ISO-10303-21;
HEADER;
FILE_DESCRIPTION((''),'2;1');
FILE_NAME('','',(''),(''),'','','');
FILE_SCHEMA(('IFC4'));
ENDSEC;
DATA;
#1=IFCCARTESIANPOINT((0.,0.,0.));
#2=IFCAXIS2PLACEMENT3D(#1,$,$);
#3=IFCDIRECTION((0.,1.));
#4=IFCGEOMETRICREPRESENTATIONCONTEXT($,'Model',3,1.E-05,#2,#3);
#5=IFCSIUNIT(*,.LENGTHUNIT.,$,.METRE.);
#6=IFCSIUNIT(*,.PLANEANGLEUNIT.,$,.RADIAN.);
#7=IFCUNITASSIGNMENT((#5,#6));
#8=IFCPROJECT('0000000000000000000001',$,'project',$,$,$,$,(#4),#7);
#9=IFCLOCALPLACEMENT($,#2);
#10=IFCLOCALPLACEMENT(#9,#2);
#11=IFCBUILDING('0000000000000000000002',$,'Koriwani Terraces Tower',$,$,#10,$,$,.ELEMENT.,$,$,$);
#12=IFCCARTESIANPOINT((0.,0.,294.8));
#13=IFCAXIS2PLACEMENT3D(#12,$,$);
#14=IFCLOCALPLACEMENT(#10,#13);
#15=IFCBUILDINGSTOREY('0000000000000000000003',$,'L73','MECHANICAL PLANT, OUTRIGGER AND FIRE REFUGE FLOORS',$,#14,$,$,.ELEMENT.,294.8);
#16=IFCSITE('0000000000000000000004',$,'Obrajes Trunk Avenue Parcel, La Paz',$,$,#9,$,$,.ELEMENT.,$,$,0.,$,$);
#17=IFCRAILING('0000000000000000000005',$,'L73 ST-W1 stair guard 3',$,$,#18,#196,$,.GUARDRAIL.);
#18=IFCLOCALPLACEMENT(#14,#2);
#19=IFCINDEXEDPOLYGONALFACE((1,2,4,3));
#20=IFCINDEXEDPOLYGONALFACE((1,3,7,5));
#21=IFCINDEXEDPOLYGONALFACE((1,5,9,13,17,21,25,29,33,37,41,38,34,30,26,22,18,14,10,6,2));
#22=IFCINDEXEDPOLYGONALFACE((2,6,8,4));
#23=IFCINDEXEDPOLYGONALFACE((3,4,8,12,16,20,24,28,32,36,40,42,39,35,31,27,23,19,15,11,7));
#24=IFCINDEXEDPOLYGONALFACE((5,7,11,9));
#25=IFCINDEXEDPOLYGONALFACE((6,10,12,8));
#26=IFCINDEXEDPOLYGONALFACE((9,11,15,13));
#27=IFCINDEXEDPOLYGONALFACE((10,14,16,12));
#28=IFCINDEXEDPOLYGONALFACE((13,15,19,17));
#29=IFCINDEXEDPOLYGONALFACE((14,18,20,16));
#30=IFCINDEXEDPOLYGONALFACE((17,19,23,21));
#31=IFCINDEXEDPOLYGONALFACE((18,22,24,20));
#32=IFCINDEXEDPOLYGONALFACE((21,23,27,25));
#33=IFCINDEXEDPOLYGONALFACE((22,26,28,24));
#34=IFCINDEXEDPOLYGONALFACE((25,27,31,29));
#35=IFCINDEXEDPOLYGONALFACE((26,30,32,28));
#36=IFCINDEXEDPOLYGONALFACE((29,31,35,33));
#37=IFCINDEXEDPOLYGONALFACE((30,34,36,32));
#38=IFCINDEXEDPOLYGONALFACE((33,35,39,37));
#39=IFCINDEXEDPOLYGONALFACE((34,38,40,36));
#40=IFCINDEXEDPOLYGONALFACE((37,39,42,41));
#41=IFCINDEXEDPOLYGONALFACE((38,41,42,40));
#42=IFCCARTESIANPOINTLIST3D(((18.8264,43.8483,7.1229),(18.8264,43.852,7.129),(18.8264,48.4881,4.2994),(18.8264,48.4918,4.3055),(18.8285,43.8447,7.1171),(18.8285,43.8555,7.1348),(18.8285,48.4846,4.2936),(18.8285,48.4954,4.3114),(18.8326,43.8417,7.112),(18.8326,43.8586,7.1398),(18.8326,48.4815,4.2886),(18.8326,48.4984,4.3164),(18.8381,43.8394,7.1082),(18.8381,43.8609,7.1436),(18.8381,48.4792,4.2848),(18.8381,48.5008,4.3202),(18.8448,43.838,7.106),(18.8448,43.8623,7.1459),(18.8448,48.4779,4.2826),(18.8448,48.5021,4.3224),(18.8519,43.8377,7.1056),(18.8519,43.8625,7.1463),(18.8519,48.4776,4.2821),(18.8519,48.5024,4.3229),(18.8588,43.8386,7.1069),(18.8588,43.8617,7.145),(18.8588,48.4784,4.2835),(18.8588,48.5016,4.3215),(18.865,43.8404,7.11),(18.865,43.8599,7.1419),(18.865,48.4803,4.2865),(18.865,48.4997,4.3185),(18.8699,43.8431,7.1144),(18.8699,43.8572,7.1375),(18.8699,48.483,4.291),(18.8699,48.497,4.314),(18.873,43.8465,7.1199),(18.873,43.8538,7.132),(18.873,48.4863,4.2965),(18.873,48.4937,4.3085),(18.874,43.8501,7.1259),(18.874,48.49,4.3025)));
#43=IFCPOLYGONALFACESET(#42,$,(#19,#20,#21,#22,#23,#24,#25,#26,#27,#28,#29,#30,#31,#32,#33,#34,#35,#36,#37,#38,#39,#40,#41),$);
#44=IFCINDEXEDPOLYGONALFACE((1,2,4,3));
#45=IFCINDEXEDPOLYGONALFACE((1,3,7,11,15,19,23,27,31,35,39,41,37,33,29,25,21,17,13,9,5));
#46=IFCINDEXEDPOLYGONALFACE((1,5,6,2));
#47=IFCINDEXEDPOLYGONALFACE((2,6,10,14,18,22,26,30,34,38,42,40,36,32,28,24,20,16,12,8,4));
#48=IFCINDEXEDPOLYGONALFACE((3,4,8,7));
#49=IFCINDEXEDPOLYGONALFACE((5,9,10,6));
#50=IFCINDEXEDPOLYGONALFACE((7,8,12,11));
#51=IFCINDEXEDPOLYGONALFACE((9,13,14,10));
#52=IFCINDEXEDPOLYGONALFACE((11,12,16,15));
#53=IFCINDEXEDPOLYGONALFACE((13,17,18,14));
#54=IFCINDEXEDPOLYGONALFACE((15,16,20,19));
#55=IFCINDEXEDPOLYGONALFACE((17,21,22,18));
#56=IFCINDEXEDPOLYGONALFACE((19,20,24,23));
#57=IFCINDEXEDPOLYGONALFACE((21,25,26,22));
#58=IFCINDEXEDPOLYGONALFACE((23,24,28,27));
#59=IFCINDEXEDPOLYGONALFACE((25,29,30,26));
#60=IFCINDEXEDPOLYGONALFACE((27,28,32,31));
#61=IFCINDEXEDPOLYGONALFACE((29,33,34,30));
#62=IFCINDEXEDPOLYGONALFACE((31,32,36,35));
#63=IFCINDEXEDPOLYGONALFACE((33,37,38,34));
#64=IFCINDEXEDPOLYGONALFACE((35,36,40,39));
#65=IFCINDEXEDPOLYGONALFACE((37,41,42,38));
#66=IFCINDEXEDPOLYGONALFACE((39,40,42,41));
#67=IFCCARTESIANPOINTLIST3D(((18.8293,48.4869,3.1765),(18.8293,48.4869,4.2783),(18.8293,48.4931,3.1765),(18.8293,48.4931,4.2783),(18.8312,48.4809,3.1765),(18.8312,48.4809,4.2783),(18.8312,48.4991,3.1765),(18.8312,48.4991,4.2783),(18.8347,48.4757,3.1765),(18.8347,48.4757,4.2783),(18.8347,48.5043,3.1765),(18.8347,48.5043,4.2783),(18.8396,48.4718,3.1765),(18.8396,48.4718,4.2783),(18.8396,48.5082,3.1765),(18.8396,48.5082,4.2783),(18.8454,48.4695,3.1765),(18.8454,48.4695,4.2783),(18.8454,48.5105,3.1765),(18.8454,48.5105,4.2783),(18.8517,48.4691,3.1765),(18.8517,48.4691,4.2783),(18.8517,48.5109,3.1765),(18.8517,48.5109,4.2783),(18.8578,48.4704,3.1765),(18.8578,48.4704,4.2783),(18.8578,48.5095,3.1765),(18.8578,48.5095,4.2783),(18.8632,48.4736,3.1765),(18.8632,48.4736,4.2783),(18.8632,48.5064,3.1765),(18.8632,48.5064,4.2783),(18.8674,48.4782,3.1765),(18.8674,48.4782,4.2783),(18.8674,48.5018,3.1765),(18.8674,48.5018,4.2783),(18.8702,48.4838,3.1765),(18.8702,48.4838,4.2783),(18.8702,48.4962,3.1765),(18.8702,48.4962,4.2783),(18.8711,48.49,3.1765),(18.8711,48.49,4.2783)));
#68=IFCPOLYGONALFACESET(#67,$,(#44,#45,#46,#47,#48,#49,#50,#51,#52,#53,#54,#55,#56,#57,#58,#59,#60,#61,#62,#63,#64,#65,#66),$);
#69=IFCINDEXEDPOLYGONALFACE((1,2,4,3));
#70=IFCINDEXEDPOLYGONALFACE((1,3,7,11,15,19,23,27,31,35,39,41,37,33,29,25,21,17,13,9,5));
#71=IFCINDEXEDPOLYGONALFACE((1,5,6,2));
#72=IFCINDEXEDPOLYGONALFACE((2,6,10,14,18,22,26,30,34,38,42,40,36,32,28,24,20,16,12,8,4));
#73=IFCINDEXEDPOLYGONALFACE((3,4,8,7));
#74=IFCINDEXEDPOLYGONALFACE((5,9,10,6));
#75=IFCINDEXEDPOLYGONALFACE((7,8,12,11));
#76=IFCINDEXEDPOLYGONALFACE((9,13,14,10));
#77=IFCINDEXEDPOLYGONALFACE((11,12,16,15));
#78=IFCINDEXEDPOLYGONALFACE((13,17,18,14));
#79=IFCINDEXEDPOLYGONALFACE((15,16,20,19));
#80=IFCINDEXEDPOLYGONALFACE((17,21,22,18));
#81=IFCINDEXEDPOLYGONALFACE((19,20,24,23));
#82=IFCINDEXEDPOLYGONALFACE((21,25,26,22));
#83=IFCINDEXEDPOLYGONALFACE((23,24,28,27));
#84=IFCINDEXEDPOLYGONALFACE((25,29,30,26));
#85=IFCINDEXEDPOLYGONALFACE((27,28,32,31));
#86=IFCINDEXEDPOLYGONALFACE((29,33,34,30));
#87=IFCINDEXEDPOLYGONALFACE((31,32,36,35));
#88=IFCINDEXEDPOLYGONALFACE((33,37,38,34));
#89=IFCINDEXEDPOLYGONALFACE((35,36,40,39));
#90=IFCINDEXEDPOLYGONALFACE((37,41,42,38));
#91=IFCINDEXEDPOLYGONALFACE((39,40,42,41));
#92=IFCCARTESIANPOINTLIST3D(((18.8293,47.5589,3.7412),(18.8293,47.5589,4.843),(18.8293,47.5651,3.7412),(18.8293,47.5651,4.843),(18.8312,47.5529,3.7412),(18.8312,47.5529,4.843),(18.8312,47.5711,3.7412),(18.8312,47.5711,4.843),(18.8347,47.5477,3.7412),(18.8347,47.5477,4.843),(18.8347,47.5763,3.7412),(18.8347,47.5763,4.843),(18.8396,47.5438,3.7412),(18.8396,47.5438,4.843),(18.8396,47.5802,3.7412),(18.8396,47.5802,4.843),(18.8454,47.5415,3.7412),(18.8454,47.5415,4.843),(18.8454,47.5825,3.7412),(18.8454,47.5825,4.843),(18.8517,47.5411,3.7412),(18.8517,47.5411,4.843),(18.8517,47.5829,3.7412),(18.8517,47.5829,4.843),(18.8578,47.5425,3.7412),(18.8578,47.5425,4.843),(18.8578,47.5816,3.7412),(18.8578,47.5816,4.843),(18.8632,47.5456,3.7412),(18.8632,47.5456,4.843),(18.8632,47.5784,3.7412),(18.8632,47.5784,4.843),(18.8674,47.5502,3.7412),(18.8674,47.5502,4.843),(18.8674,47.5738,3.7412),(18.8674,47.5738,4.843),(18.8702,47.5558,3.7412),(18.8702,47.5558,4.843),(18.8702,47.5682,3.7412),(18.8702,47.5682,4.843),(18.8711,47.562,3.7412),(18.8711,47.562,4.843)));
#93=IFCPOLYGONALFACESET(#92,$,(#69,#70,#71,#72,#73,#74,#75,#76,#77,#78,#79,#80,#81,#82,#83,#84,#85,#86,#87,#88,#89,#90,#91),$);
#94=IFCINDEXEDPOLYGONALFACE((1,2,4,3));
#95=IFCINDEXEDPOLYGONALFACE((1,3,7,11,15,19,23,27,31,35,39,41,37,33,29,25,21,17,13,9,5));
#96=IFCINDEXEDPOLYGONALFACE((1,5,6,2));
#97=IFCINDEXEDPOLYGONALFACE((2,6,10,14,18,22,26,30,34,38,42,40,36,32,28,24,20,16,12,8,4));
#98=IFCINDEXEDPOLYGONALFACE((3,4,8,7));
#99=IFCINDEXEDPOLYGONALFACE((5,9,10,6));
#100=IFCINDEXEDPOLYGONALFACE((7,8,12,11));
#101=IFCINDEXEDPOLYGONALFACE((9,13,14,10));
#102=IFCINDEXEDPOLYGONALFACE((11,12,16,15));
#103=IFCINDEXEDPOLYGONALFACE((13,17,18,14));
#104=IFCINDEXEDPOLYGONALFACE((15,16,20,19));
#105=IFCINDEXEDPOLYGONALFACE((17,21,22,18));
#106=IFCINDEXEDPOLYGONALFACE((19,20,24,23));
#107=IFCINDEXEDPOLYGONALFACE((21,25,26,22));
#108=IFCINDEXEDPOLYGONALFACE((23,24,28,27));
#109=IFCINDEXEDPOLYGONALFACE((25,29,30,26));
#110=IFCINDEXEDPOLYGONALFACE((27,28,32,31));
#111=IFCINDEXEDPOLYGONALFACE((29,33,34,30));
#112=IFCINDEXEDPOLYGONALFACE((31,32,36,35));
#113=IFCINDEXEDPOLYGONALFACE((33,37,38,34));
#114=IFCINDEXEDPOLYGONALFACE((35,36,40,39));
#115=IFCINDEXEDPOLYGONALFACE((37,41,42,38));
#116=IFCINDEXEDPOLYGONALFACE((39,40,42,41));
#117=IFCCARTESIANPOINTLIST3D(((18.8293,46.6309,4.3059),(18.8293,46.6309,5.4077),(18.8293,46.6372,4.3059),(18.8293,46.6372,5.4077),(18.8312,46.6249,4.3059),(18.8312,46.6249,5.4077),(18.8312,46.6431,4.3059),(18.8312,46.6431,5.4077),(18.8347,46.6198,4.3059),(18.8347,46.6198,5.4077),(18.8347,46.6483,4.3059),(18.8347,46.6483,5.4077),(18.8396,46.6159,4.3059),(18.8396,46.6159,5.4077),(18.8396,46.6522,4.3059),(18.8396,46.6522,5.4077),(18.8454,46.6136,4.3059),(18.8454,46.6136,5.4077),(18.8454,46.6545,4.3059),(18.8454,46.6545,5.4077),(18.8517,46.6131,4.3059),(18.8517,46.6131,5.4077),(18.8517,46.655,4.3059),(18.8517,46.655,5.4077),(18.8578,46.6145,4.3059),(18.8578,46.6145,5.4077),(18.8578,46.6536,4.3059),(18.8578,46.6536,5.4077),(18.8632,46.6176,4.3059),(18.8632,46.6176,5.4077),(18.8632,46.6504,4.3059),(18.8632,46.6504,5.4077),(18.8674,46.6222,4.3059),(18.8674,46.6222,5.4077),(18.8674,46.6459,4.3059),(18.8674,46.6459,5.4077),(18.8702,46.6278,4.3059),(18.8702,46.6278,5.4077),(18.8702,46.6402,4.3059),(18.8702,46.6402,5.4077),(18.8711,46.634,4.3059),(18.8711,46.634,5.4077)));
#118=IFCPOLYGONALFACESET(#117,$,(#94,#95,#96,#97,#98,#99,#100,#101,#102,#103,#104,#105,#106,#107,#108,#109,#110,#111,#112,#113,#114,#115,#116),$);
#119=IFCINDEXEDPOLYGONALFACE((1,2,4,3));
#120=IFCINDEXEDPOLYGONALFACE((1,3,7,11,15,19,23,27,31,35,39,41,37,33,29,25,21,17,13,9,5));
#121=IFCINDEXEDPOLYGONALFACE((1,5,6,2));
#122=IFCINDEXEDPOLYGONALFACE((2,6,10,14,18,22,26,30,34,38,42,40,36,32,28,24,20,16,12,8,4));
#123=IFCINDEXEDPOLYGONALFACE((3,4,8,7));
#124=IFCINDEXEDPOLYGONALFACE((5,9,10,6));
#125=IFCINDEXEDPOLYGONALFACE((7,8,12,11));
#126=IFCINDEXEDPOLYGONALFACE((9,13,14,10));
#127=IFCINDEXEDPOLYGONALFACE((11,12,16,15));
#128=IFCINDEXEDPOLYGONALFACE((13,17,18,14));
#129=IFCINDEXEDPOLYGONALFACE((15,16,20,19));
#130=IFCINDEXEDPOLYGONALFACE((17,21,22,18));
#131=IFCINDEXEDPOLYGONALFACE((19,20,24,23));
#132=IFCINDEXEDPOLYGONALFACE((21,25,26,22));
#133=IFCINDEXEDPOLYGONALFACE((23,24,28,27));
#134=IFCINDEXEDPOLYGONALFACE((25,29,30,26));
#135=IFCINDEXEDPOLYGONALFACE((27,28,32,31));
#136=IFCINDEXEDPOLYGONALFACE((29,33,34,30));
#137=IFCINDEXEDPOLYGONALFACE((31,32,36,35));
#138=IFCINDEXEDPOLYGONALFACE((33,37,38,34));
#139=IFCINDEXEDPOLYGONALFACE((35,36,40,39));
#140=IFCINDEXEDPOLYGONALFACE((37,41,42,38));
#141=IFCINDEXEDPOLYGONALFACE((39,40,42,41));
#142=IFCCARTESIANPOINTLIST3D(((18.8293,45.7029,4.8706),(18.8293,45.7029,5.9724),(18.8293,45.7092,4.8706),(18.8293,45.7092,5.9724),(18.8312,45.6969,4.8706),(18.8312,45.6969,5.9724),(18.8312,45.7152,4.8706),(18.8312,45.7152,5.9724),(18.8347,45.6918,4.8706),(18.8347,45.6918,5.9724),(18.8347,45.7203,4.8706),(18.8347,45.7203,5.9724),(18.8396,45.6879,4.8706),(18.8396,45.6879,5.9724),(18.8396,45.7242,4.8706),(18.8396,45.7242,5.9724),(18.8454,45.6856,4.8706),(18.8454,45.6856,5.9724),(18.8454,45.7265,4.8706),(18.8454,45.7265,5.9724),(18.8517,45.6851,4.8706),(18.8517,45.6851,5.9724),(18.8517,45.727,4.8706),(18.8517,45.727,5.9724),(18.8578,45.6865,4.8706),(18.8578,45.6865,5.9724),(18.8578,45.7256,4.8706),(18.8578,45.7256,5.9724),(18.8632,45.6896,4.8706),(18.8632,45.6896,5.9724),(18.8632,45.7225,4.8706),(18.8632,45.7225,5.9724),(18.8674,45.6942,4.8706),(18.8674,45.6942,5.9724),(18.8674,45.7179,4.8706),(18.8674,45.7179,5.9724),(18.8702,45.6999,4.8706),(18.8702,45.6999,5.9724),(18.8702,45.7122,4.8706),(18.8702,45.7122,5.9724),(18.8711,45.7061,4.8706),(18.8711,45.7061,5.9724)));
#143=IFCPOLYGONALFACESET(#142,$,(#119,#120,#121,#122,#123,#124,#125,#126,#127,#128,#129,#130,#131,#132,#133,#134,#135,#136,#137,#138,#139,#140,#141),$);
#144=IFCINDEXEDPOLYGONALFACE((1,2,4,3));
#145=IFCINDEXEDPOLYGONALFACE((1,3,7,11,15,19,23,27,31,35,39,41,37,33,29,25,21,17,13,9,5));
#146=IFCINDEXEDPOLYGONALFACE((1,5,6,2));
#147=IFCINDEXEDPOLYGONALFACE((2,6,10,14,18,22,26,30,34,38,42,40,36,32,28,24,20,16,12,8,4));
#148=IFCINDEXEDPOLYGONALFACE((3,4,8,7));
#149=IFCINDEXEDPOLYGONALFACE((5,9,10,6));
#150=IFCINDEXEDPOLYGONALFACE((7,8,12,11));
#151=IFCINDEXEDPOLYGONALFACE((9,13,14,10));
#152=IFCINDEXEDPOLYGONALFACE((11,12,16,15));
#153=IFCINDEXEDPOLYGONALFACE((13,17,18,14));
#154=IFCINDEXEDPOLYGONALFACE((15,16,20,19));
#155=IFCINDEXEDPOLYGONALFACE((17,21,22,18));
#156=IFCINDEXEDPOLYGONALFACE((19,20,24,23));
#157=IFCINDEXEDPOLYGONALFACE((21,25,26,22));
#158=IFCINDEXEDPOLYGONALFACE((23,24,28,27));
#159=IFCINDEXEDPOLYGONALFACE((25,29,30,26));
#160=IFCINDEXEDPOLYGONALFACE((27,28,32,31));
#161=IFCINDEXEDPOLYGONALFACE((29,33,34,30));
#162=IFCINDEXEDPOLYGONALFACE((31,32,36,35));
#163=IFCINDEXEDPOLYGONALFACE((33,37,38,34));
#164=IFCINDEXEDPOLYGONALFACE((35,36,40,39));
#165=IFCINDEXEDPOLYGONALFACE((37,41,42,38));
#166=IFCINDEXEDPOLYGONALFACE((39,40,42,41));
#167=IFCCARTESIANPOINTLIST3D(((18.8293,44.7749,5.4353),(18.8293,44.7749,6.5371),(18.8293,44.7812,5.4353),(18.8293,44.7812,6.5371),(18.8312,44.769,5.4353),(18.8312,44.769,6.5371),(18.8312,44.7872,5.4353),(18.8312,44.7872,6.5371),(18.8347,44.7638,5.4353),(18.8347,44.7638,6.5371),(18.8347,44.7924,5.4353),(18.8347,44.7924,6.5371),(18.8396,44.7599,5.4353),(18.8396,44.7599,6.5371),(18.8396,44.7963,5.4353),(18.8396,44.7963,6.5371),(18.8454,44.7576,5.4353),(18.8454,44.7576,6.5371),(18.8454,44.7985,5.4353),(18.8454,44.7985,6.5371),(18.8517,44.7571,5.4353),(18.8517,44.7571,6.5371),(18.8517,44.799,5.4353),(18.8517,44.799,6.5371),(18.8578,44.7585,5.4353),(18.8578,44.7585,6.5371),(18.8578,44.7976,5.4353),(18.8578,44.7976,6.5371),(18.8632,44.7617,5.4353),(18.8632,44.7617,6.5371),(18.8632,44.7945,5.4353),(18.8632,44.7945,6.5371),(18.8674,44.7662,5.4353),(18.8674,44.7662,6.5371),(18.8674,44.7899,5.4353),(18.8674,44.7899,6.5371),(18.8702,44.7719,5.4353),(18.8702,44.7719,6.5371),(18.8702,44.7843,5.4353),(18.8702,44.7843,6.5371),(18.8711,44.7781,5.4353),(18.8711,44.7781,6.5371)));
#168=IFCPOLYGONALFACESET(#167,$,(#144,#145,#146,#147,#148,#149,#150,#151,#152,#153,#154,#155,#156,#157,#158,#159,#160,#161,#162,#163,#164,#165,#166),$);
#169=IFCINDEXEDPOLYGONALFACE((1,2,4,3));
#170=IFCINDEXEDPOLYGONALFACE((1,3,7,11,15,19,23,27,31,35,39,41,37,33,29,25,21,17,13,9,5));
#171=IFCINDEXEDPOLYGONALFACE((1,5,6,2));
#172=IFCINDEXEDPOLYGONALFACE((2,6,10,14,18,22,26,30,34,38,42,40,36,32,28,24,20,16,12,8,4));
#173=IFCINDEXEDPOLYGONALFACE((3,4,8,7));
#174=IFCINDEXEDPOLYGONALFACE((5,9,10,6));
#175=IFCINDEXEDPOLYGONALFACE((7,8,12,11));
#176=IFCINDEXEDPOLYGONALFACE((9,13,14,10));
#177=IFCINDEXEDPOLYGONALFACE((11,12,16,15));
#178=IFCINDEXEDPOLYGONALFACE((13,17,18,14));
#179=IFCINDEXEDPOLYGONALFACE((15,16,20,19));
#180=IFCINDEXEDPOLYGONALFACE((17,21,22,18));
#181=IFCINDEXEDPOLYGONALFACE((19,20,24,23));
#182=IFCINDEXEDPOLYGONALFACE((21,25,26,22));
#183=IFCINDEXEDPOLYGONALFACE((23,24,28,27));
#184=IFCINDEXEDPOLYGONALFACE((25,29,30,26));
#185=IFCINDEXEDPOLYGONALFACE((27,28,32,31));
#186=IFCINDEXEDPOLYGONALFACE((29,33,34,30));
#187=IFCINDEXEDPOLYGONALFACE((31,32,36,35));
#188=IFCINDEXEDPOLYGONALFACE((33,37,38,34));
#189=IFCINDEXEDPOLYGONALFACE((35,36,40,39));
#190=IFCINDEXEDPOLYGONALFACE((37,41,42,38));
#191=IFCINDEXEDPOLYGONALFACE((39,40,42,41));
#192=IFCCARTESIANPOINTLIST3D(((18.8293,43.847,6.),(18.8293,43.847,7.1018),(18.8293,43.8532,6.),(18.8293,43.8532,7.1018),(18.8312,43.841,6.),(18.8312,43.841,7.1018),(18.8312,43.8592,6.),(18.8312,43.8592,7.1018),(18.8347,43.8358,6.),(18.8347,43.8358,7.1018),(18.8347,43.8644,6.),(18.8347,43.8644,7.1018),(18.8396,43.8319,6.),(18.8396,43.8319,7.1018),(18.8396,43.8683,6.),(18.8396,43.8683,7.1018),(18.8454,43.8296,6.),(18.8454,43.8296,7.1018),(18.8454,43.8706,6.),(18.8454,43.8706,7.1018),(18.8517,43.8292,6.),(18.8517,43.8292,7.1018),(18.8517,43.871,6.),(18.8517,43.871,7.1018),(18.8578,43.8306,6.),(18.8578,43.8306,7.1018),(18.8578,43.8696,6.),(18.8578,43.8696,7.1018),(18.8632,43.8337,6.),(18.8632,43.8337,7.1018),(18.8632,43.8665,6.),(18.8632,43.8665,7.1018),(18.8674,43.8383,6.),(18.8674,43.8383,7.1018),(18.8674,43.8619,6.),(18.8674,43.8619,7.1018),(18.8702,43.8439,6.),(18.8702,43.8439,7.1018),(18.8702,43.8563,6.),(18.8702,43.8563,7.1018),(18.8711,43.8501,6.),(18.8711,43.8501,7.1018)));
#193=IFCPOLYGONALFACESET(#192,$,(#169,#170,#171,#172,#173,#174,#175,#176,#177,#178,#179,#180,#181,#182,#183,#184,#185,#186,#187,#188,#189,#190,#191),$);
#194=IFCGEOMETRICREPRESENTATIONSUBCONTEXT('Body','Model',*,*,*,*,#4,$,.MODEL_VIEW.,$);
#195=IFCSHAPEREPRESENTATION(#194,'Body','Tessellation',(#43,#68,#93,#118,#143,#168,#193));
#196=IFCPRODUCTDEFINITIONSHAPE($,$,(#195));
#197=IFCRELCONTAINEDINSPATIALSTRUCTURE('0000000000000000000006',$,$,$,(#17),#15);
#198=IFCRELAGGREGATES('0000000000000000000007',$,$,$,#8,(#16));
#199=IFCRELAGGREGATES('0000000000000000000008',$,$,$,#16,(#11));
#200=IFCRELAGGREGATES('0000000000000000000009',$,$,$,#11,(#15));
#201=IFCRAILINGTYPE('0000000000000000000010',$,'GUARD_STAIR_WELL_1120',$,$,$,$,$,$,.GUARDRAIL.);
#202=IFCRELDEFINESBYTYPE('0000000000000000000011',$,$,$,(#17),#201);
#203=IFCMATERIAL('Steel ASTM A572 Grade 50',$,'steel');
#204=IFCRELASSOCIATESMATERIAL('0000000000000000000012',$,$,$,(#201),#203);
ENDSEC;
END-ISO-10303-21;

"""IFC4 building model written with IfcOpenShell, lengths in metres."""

from ifc_helpers import new_model, si_unit, direction, frame, origin, origin_2d, place, context, subcontext, project, spatial, circle, extrude, material, type_object, element, save


model = new_model("IFC4")

# Units and contexts
model_context = context("Model", 3, precision=1e-05, world=origin(), true_north=direction((0.0, 1.0)))
body_context = subcontext(model_context, "Body", "Model", "MODEL_VIEW")
ifc_project = project(units=[si_unit("LENGTHUNIT", "METRE"), si_unit("PLANEANGLEUNIT", "RADIAN")], contexts=[model_context])

# Site, building, storey
site_placement = place(None, origin())
site = spatial("IfcSite", under=ifc_project, at=site_placement, Name="Obrajes Trunk Avenue Parcel, La Paz", CompositionType="ELEMENT", RefElevation=0.0)
building_placement = place(site_placement, origin())
building = spatial("IfcBuilding", under=site, at=building_placement, Name="Koriwani Terraces Tower", CompositionType="ELEMENT")
storey_placement = place(building_placement, frame((0.0, 0.0, 294.8)))
storey = spatial("IfcBuildingStorey", under=building, at=storey_placement, Name="L73", Description="MECHANICAL PLANT, OUTRIGGER AND FIRE REFUGE FLOORS", CompositionType="ELEMENT", Elevation=294.8)

# Shared definitions
ifc_material_1 = material(Name="Steel ASTM A572 Grade 50", Category="steel")

# Railing
railing_type_1 = type_object("IfcRailingType", Name="GUARD_STAIR_WELL_1120", PredefinedType="GUARDRAIL", material=ifc_material_1)
railing_1_placement = place(storey_placement, frame((18.8501, 48.49, 3.1765)))
element("IfcRailing", 1, at=railing_1_placement, inside=storey, type_object=railing_type_1, Name="L73 ST-W1 stair guard 3", PredefinedType="GUARDRAIL", context=body_context, shape_type="SweptSolid", body=[
    extrude(circle(Radius=0.0239, at=origin_2d()), frame((0.0, 0.0, 1.126), z_axis=(0.0, -0.854264, 0.51984), x_axis=(1.0, 0.0, 0.0)), (0.0, 0.0, 1.0), 5.4314),
    extrude(circle(Radius=0.021, at=origin_2d()), origin(), (0.0, 0.0, 1.0), 1.1018),
    extrude(circle(Radius=0.021, at=origin_2d()), frame((0.0, -0.928, 0.5647)), (0.0, 0.0, 1.0), 1.1018),
    extrude(circle(Radius=0.021, at=origin_2d()), frame((0.0, -1.856, 1.1294)), (0.0, 0.0, 1.0), 1.1018),
    extrude(circle(Radius=0.021, at=origin_2d()), frame((0.0, -2.7839, 1.6941)), (0.0, 0.0, 1.0), 1.1018),
    extrude(circle(Radius=0.021, at=origin_2d()), frame((0.0, -3.7119, 2.2588)), (0.0, 0.0, 1.0), 1.1018),
    extrude(circle(Radius=0.021, at=origin_2d()), frame((0.0, -4.6399, 2.8235)), (0.0, 0.0, 1.0), 1.1018),
])

save(model, "model.ifc")
